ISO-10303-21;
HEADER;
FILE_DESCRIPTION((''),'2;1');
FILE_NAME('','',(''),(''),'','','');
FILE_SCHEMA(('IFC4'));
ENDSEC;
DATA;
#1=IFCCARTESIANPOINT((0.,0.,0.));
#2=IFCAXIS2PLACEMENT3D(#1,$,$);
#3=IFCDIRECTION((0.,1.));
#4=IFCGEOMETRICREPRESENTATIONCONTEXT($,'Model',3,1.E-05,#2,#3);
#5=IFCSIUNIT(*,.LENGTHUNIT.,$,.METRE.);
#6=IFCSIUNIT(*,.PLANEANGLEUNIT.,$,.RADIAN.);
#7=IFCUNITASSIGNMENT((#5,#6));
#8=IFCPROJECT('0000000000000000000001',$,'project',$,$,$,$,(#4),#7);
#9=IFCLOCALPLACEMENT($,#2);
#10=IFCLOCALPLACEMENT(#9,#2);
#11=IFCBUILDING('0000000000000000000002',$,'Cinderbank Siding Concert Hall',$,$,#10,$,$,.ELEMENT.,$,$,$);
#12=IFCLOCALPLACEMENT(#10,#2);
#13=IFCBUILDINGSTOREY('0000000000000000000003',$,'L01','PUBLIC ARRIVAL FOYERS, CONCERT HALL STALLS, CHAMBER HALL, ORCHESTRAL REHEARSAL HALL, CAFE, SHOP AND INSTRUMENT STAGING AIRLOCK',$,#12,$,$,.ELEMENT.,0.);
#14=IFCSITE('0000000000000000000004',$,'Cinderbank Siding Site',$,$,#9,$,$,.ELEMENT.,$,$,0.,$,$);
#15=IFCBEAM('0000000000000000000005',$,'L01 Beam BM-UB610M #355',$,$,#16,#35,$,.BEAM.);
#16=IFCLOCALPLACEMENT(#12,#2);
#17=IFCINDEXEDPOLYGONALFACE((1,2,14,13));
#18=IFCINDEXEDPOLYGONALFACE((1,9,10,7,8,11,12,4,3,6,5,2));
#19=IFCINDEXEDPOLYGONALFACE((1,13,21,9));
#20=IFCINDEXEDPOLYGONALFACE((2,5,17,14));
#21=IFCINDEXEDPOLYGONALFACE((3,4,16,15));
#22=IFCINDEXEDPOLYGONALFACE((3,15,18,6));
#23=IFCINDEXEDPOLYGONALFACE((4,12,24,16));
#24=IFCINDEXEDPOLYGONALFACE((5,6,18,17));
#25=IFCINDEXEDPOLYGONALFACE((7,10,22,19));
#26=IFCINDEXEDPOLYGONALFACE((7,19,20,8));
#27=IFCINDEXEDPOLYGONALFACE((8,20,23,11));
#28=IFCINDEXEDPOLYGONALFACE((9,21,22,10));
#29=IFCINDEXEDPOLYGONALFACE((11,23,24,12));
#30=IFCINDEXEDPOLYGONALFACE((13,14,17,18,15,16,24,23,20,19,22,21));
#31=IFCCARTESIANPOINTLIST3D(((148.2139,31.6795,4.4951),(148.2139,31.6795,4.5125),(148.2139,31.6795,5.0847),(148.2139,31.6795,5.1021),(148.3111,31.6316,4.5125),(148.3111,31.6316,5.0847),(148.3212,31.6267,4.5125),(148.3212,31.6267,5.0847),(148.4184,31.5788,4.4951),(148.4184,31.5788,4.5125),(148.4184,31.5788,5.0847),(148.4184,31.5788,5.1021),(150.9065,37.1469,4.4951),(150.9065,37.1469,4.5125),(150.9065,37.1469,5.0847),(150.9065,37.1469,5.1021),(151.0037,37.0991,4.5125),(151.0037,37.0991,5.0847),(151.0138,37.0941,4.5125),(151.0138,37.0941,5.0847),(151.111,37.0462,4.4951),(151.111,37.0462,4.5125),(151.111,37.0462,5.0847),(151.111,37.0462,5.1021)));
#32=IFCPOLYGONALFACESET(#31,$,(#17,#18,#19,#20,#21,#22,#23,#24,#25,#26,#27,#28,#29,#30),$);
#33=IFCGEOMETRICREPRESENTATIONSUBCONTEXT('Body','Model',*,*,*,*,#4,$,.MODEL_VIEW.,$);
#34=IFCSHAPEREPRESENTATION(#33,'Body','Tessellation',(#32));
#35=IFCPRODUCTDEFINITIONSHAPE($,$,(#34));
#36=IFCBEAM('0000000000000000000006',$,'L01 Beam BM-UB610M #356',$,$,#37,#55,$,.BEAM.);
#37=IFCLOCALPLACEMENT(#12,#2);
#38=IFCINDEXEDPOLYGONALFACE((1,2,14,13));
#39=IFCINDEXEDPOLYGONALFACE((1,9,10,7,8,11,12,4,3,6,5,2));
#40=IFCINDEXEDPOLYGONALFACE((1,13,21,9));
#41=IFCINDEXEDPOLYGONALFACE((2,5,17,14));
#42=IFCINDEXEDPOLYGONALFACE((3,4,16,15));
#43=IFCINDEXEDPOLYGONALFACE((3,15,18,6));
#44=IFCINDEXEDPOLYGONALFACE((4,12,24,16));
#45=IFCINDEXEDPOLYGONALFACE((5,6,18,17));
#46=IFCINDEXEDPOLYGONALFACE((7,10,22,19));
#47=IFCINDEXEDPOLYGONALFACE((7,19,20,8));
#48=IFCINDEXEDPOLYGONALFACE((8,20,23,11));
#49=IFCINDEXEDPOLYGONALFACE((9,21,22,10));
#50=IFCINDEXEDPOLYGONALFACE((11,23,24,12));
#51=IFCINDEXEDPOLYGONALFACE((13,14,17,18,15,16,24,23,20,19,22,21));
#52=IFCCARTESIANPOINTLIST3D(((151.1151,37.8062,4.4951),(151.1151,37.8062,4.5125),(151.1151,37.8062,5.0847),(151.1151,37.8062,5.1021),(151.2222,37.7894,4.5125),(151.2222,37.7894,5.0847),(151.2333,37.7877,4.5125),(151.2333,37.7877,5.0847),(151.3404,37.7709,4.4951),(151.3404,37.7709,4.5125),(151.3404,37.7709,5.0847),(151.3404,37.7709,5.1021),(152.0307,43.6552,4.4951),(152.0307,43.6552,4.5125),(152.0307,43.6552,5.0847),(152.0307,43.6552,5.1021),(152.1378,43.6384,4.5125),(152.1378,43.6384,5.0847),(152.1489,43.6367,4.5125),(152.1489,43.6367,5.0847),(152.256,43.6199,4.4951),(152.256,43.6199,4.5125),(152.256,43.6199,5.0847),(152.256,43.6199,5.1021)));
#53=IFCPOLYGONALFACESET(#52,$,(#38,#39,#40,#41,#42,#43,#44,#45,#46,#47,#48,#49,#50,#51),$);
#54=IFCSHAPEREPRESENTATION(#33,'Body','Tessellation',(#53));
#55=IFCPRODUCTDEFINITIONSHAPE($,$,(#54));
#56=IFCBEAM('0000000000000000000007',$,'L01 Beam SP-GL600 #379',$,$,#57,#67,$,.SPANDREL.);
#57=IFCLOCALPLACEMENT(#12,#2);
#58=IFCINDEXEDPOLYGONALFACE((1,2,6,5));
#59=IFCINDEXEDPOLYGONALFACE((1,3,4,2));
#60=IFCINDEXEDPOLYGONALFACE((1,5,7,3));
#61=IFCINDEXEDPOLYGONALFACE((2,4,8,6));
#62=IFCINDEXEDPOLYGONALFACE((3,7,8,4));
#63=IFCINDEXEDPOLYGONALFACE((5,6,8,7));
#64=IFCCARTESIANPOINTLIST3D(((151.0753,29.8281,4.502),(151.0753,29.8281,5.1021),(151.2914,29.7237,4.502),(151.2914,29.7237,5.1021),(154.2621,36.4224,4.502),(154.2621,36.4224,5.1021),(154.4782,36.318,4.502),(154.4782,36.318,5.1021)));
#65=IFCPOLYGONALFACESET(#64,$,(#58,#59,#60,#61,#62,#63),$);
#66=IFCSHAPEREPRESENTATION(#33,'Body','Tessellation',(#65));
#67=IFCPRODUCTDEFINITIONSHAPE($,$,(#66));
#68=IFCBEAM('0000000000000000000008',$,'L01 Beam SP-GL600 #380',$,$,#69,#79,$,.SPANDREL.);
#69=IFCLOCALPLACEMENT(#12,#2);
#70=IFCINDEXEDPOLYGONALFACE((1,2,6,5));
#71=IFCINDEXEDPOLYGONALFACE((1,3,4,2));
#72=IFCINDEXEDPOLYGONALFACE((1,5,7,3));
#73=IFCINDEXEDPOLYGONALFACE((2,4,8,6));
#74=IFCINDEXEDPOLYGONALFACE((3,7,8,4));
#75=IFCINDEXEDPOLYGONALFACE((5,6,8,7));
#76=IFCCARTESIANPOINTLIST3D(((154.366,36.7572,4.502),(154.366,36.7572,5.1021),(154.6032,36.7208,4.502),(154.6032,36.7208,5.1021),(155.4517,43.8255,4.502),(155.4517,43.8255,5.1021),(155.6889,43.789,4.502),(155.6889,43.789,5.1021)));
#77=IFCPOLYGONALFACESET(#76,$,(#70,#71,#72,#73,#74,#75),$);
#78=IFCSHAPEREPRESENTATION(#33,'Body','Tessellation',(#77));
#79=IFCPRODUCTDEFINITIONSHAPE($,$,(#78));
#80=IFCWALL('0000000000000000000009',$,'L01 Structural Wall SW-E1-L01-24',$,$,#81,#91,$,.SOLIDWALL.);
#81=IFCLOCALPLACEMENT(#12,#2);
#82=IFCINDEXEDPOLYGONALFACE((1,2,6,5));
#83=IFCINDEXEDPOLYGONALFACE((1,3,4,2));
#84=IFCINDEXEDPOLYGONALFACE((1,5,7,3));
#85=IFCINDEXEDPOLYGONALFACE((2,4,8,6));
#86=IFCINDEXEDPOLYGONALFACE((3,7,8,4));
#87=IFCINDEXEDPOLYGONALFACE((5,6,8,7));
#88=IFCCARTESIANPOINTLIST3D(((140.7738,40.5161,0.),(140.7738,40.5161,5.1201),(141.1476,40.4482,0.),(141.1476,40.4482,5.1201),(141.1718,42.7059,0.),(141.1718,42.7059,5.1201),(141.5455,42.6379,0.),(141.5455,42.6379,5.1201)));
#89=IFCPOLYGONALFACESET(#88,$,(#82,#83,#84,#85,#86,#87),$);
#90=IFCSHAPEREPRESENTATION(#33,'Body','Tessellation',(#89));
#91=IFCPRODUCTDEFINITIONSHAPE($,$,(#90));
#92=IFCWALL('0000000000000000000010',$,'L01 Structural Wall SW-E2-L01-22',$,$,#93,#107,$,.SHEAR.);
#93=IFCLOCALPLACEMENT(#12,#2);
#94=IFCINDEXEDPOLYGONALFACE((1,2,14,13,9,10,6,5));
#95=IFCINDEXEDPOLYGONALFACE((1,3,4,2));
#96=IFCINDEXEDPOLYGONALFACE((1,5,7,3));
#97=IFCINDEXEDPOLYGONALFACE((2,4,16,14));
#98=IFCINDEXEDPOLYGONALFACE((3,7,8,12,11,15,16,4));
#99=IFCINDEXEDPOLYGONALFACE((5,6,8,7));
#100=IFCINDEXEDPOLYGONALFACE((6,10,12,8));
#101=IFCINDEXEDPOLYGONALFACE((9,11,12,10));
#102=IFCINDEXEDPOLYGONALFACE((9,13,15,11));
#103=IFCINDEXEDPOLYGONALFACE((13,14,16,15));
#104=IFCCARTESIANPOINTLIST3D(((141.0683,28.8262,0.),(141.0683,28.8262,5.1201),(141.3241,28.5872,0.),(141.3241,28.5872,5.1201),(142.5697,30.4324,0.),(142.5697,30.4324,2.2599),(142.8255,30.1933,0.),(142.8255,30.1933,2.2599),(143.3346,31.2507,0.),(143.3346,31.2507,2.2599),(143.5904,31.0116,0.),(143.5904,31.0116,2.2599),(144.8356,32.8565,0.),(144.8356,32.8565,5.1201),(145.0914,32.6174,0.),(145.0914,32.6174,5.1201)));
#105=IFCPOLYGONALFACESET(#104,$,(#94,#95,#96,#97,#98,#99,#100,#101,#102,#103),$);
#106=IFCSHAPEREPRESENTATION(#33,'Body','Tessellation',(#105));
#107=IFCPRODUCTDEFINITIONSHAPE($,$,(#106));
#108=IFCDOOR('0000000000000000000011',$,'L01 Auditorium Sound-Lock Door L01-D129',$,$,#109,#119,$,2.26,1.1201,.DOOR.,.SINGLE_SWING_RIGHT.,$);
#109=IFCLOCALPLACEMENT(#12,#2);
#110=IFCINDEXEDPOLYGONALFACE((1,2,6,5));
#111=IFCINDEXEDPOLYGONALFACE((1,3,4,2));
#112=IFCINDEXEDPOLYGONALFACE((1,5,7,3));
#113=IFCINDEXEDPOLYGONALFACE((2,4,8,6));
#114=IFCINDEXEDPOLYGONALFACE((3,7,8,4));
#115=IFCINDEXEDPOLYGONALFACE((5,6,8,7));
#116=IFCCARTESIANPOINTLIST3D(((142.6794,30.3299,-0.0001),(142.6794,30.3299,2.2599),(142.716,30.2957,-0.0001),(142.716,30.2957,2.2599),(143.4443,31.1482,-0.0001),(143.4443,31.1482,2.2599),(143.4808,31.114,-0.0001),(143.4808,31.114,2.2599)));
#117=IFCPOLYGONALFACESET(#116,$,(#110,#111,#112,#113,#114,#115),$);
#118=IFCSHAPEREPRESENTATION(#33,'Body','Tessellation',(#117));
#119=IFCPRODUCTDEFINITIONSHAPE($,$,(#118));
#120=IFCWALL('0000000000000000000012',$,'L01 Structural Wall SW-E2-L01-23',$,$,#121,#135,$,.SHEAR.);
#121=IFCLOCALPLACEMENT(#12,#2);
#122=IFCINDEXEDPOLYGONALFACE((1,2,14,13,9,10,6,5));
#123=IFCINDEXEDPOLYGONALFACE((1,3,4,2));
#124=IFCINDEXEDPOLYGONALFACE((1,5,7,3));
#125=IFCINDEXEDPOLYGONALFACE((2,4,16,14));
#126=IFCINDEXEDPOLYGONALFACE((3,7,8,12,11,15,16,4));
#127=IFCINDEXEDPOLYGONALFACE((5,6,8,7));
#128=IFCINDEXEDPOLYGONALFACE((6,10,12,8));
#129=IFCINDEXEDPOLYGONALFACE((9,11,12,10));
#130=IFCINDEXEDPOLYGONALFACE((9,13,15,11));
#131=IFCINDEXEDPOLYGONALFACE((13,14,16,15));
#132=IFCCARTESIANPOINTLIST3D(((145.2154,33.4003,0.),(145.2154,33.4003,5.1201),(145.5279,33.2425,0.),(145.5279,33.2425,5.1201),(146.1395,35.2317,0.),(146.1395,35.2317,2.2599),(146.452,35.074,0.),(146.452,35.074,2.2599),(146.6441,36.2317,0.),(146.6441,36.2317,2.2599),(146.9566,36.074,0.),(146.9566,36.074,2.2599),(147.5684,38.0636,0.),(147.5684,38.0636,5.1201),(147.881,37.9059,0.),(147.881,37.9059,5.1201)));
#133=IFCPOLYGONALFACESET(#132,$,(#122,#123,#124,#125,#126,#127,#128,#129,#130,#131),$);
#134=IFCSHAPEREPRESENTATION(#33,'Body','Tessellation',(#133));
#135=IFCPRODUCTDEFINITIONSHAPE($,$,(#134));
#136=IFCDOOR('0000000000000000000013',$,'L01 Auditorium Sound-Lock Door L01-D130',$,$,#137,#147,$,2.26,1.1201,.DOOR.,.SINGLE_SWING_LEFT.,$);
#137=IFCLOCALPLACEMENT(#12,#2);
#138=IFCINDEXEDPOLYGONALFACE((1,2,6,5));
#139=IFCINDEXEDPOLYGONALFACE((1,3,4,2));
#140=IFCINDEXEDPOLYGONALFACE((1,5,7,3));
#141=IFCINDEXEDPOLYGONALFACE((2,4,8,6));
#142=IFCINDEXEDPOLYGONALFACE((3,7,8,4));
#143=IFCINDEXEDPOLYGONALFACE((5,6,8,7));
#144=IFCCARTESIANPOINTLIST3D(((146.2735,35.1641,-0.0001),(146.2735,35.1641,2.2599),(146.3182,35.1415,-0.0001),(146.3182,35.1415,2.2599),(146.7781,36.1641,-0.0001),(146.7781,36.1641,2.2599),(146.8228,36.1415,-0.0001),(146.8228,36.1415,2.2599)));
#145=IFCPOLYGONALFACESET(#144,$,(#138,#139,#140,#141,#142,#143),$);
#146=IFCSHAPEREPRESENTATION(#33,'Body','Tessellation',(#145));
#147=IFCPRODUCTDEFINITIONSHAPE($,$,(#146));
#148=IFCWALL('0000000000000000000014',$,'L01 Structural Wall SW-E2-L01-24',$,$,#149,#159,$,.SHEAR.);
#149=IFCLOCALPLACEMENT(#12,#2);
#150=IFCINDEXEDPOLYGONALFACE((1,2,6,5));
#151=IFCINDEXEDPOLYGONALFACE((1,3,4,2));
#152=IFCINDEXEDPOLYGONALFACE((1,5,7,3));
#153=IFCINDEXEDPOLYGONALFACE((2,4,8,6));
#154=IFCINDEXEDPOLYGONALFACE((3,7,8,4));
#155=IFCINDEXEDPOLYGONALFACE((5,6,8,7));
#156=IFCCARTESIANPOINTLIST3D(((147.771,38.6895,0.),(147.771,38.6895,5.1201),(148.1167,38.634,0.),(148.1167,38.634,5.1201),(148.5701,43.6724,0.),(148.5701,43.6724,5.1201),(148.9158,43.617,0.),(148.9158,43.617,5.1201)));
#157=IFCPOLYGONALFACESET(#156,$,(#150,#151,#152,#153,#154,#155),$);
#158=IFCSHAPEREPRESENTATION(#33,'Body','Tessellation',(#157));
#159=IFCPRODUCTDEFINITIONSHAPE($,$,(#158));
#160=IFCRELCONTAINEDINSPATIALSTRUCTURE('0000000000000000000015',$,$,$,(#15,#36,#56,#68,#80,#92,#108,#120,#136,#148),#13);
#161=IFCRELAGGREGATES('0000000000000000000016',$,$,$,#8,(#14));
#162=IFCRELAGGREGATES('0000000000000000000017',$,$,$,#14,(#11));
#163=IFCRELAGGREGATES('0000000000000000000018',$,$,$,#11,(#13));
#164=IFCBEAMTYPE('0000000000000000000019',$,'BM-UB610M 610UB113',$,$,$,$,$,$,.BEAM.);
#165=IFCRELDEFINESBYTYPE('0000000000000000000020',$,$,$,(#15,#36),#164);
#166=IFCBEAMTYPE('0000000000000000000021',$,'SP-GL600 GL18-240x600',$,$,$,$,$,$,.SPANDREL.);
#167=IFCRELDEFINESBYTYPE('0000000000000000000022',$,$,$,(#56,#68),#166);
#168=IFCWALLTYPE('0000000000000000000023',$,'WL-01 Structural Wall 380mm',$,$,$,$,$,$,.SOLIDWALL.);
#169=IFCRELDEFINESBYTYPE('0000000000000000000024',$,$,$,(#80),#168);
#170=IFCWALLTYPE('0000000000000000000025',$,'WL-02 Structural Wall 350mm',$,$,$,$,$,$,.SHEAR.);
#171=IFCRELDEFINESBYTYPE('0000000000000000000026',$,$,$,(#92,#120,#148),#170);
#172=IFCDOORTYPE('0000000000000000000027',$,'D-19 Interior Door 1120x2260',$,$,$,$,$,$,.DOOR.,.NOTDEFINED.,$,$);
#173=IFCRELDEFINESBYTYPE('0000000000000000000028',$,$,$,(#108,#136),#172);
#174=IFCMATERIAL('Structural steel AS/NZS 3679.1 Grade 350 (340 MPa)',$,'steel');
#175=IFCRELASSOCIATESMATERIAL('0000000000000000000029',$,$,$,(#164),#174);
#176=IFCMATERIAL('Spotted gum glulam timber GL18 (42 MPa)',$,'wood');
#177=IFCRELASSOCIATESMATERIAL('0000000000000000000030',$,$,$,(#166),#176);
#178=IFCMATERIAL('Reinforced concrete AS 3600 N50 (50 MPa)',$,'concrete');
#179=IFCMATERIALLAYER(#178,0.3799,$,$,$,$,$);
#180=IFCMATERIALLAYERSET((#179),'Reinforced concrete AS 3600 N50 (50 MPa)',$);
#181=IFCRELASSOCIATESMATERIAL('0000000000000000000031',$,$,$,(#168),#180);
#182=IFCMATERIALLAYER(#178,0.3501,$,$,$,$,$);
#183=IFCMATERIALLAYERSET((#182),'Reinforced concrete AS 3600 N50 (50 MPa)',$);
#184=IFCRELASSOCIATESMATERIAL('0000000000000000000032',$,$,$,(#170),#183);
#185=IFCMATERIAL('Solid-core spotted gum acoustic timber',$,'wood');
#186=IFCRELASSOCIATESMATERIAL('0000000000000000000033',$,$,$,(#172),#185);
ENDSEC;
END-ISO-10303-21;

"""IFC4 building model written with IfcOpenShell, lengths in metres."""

from ifc_helpers import new_model, si_unit, direction, frame, frame_2d, origin, origin_2d, place, context, subcontext, project, spatial, rectangle, i_section, extrude, material, layer, layer_set, material_profile, profile_set, type_object, element, fill, save


model = new_model("IFC4")

# Units and contexts
model_context = context("Model", 3, precision=1e-05, world=origin(), true_north=direction((0.0, 1.0)))
body_context = subcontext(model_context, "Body", "Model", "MODEL_VIEW")
ifc_project = project(units=[si_unit("LENGTHUNIT", "METRE"), si_unit("PLANEANGLEUNIT", "RADIAN")], contexts=[model_context])

# Site, building, storey
site_placement = place(None, origin())
site = spatial("IfcSite", under=ifc_project, at=site_placement, Name="Cinderbank Siding Site", CompositionType="ELEMENT", RefElevation=0.0)
building_placement = place(site_placement, origin())
building = spatial("IfcBuilding", under=site, at=building_placement, Name="Cinderbank Siding Concert Hall", CompositionType="ELEMENT")
storey_placement = place(building_placement, origin())
storey = spatial("IfcBuildingStorey", under=building, at=storey_placement, Name="L01", Description="PUBLIC ARRIVAL FOYERS, CONCERT HALL STALLS, CHAMBER HALL, ORCHESTRAL REHEARSAL HALL, CAFE, SHOP AND INSTRUMENT STAGING AIRLOCK", CompositionType="ELEMENT", Elevation=0.0)

# Shared definitions
ifc_material_1 = material(Name="Reinforced concrete AS 3600 N50 (50 MPa)", Category="concrete")

# Beams
ifc_material_2 = material(Name="Structural steel AS/NZS 3679.1 Grade 350 (340 MPa)", Category="steel")
ifc_material_profile_1 = material_profile(ifc_material_2, i_section(OverallWidth=0.228, OverallDepth=0.6069, WebThickness=0.0112, FlangeThickness=0.0173, at=origin_2d()), Name="610UB113", Category="LoadBearing")
ifc_profile_set_1 = profile_set([ifc_material_profile_1], Name="Structural steel AS/NZS 3679.1 Grade 350 (340 MPa)")
beam_type_1 = type_object("IfcBeamType", Name="BM-UB610M 610UB113", PredefinedType="BEAM", material=ifc_profile_set_1)
beam_1_placement = place(storey_placement, frame((148.3162, 31.6292, 4.7986), z_axis=(0.441806, 0.897111, 0.0), x_axis=(-0.897111, 0.441806, 0.0)))
element("IfcBeam", 1, at=beam_1_placement, inside=storey, type_object=beam_type_1, Name="L01 Beam BM-UB610M #355", PredefinedType="BEAM", context=body_context, shape_type="SweptSolid", body=[
    extrude(i_section(OverallWidth=0.228, OverallDepth=0.6069, WebThickness=0.0112, FlangeThickness=0.0173, at=origin_2d()), origin(), (0.0, 0.0, 1.0), 6.0945),
])
beam_2_placement = place(storey_placement, frame((151.2278, 37.7886, 4.7986), z_axis=(0.154647, 0.98797, 0.0), x_axis=(-0.98797, 0.154647, 0.0)))
element("IfcBeam", 2, at=beam_2_placement, inside=storey, type_object=beam_type_1, Name="L01 Beam BM-UB610M #356", PredefinedType="BEAM", context=body_context, shape_type="SweptSolid", body=[
    extrude(i_section(OverallWidth=0.228, OverallDepth=0.6069, WebThickness=0.0112, FlangeThickness=0.0173, at=origin_2d()), origin(), (0.0, 0.0, 1.0), 5.9202),
])
ifc_material_3 = material(Name="Spotted gum glulam timber GL18 (42 MPa)", Category="wood")
ifc_material_profile_2 = material_profile(ifc_material_3, rectangle(XDim=0.24, YDim=0.6001, at=origin_2d()), Name="GL18-240x600", Category="LoadBearing")
ifc_profile_set_2 = profile_set([ifc_material_profile_2], Name="Spotted gum glulam timber GL18 (42 MPa)")
beam_type_2 = type_object("IfcBeamType", Name="SP-GL600 GL18-240x600", PredefinedType="SPANDREL", material=ifc_profile_set_2)
beam_3_placement = place(storey_placement, frame((151.1833, 29.7759, 4.802), z_axis=(0.435119, 0.900373, 0.0), x_axis=(-0.900373, 0.435119, 0.0)))
element("IfcBeam", 3, at=beam_3_placement, inside=storey, type_object=beam_type_2, Name="L01 Beam SP-GL600 #379", PredefinedType="SPANDREL", context=body_context, shape_type="SweptSolid", body=[
    extrude(rectangle(XDim=0.24, YDim=0.6001, at=origin_2d()), origin(), (0.0, 0.0, 1.0), 7.324),
])
beam_4_placement = place(storey_placement, frame((154.4846, 36.739, 4.802), z_axis=(0.151824, 0.988408, 0.0), x_axis=(-0.988408, 0.151824, 0.0)))
element("IfcBeam", 4, at=beam_4_placement, inside=storey, type_object=beam_type_2, Name="L01 Beam SP-GL600 #380", PredefinedType="SPANDREL", context=body_context, shape_type="SweptSolid", body=[
    extrude(rectangle(XDim=0.24, YDim=0.6001, at=origin_2d()), origin(), (0.0, 0.0, 1.0), 7.1511),
])

# Wall
ifc_layer_1 = layer(ifc_material_1, 0.3799)
ifc_layer_set_1 = layer_set([ifc_layer_1], Name="Reinforced concrete AS 3600 N50 (50 MPa)")
wall_type_1 = type_object("IfcWallType", Name="WL-01 Structural Wall 380mm", PredefinedType="SOLIDWALL", material=ifc_layer_set_1)
wall_1_placement = place(storey_placement, frame((140.9607, 40.4822, 0.0), z_axis=(0.0, 0.0, 1.0), x_axis=(0.178808, 0.983884, 0.0)))
element("IfcWall", 5, at=wall_1_placement, inside=storey, type_object=wall_type_1, Name="L01 Structural Wall SW-E1-L01-24", PredefinedType="SOLIDWALL", context=body_context, shape_type="SweptSolid", body=[
    extrude(rectangle(XDim=2.2256, YDim=0.3799, at=frame_2d((1.1128, 0.0))), origin(), (0.0, 0.0, 1.0), 5.1201),
])

# Walls, openings, doors
ifc_layer_2 = layer(ifc_material_1, 0.3501)
ifc_layer_set_2 = layer_set([ifc_layer_2], Name="Reinforced concrete AS 3600 N50 (50 MPa)")
wall_type_2 = type_object("IfcWallType", Name="WL-02 Structural Wall 350mm", PredefinedType="SHEAR", material=ifc_layer_set_2)
wall_2_placement = place(storey_placement, frame((141.1963, 28.7068, 0.0), z_axis=(0.0, 0.0, 1.0), x_axis=(0.682875, 0.730536, 0.0)))
wall_2 = element("IfcWall", 6, at=wall_2_placement, inside=storey, type_object=wall_type_2, Name="L01 Structural Wall SW-E2-L01-22", PredefinedType="SHEAR", context=body_context, shape_type="SweptSolid", body=[
    extrude(rectangle(XDim=5.5168, YDim=0.3501, at=frame_2d((2.7583, 0.0))), origin(), (0.0, 0.0, 1.0), 5.1201),
])
opening_1_placement = place(wall_2_placement, frame((2.1985, 0.0, 0.0)))
opening_1 = element("IfcOpeningElement", 7, at=opening_1_placement, cuts=wall_2, PredefinedType="OPENING", context=body_context, shape_type="SweptSolid", body=[
    extrude(rectangle(XDim=1.1201, YDim=2.26, at=frame_2d((0.5601, 1.1299))), frame((0.0, 0.187, 0.0), z_axis=(0.0, -1.0, 0.0), x_axis=(1.0, 0.0, 0.0)), (0.0, 0.0, 1.0), 0.374),
])
ifc_material_4 = material(Name="Solid-core spotted gum acoustic timber", Category="wood")
door_type_1 = type_object("IfcDoorType", Name="D-19 Interior Door 1120x2260", OperationType="NOTDEFINED", PredefinedType="DOOR", material=ifc_material_4)
door_1_placement = place(opening_1_placement, origin())
door_1 = element("IfcDoor", 8, at=door_1_placement, inside=storey, type_object=door_type_1, Name="L01 Auditorium Sound-Lock Door L01-D129", OperationType="SINGLE_SWING_RIGHT", OverallHeight=2.26, OverallWidth=1.1201, PredefinedType="DOOR", context=body_context, shape_type="SweptSolid", body=[
    extrude(rectangle(XDim=1.1201, YDim=2.26, at=frame_2d((0.5601, 1.1299))), frame((0.0, 0.0249, 0.0), z_axis=(0.0, -1.0, 0.0), x_axis=(1.0, 0.0, 0.0)), (0.0, 0.0, 1.0), 0.05),
])
fill(opening_1, door_1)
wall_3_placement = place(storey_placement, frame((145.3716, 33.3213, 0.0), z_axis=(0.0, 0.0, 1.0), x_axis=(0.450482, 0.892785, 0.0)))
wall_3 = element("IfcWall", 9, at=wall_3_placement, inside=storey, type_object=wall_type_2, Name="L01 Structural Wall SW-E2-L01-23", PredefinedType="SHEAR", context=body_context, shape_type="SweptSolid", body=[
    extrude(rectangle(XDim=5.2234, YDim=0.3501, at=frame_2d((2.6118, 0.0))), origin(), (0.0, 0.0, 1.0), 5.1201),
])
opening_2_placement = place(wall_3_placement, frame((2.0515, 0.0, 0.0)))
opening_2 = element("IfcOpeningElement", 10, at=opening_2_placement, cuts=wall_3, PredefinedType="OPENING", context=body_context, shape_type="SweptSolid", body=[
    extrude(rectangle(XDim=1.1201, YDim=2.26, at=frame_2d((0.5601, 1.1299))), frame((0.0, 0.187, 0.0), z_axis=(0.0, -1.0, 0.0), x_axis=(1.0, 0.0, 0.0)), (0.0, 0.0, 1.0), 0.374),
])
door_2_placement = place(opening_2_placement, origin())
door_2 = element("IfcDoor", 11, at=door_2_placement, inside=storey, type_object=door_type_1, Name="L01 Auditorium Sound-Lock Door L01-D130", OperationType="SINGLE_SWING_LEFT", OverallHeight=2.26, OverallWidth=1.1201, PredefinedType="DOOR", context=body_context, shape_type="SweptSolid", body=[
    extrude(rectangle(XDim=1.1201, YDim=2.26, at=frame_2d((0.5601, 1.1299))), frame((0.0, 0.0249, 0.0), z_axis=(0.0, -1.0, 0.0), x_axis=(1.0, 0.0, 0.0)), (0.0, 0.0, 1.0), 0.05),
])
fill(opening_2, door_2)

# Wall
wall_4_placement = place(storey_placement, frame((147.9438, 38.6616, 0.0), z_axis=(0.0, 0.0, 1.0), x_axis=(0.15834, 0.987385, 0.0)))
element("IfcWall", 12, at=wall_4_placement, inside=storey, type_object=wall_type_2, Name="L01 Structural Wall SW-E2-L01-24", PredefinedType="SHEAR", context=body_context, shape_type="SweptSolid", body=[
    extrude(rectangle(XDim=5.0466, YDim=0.3501, at=frame_2d((2.5234, 0.0))), origin(), (0.0, 0.0, 1.0), 5.1201),
])

save(model, "model.ifc")
